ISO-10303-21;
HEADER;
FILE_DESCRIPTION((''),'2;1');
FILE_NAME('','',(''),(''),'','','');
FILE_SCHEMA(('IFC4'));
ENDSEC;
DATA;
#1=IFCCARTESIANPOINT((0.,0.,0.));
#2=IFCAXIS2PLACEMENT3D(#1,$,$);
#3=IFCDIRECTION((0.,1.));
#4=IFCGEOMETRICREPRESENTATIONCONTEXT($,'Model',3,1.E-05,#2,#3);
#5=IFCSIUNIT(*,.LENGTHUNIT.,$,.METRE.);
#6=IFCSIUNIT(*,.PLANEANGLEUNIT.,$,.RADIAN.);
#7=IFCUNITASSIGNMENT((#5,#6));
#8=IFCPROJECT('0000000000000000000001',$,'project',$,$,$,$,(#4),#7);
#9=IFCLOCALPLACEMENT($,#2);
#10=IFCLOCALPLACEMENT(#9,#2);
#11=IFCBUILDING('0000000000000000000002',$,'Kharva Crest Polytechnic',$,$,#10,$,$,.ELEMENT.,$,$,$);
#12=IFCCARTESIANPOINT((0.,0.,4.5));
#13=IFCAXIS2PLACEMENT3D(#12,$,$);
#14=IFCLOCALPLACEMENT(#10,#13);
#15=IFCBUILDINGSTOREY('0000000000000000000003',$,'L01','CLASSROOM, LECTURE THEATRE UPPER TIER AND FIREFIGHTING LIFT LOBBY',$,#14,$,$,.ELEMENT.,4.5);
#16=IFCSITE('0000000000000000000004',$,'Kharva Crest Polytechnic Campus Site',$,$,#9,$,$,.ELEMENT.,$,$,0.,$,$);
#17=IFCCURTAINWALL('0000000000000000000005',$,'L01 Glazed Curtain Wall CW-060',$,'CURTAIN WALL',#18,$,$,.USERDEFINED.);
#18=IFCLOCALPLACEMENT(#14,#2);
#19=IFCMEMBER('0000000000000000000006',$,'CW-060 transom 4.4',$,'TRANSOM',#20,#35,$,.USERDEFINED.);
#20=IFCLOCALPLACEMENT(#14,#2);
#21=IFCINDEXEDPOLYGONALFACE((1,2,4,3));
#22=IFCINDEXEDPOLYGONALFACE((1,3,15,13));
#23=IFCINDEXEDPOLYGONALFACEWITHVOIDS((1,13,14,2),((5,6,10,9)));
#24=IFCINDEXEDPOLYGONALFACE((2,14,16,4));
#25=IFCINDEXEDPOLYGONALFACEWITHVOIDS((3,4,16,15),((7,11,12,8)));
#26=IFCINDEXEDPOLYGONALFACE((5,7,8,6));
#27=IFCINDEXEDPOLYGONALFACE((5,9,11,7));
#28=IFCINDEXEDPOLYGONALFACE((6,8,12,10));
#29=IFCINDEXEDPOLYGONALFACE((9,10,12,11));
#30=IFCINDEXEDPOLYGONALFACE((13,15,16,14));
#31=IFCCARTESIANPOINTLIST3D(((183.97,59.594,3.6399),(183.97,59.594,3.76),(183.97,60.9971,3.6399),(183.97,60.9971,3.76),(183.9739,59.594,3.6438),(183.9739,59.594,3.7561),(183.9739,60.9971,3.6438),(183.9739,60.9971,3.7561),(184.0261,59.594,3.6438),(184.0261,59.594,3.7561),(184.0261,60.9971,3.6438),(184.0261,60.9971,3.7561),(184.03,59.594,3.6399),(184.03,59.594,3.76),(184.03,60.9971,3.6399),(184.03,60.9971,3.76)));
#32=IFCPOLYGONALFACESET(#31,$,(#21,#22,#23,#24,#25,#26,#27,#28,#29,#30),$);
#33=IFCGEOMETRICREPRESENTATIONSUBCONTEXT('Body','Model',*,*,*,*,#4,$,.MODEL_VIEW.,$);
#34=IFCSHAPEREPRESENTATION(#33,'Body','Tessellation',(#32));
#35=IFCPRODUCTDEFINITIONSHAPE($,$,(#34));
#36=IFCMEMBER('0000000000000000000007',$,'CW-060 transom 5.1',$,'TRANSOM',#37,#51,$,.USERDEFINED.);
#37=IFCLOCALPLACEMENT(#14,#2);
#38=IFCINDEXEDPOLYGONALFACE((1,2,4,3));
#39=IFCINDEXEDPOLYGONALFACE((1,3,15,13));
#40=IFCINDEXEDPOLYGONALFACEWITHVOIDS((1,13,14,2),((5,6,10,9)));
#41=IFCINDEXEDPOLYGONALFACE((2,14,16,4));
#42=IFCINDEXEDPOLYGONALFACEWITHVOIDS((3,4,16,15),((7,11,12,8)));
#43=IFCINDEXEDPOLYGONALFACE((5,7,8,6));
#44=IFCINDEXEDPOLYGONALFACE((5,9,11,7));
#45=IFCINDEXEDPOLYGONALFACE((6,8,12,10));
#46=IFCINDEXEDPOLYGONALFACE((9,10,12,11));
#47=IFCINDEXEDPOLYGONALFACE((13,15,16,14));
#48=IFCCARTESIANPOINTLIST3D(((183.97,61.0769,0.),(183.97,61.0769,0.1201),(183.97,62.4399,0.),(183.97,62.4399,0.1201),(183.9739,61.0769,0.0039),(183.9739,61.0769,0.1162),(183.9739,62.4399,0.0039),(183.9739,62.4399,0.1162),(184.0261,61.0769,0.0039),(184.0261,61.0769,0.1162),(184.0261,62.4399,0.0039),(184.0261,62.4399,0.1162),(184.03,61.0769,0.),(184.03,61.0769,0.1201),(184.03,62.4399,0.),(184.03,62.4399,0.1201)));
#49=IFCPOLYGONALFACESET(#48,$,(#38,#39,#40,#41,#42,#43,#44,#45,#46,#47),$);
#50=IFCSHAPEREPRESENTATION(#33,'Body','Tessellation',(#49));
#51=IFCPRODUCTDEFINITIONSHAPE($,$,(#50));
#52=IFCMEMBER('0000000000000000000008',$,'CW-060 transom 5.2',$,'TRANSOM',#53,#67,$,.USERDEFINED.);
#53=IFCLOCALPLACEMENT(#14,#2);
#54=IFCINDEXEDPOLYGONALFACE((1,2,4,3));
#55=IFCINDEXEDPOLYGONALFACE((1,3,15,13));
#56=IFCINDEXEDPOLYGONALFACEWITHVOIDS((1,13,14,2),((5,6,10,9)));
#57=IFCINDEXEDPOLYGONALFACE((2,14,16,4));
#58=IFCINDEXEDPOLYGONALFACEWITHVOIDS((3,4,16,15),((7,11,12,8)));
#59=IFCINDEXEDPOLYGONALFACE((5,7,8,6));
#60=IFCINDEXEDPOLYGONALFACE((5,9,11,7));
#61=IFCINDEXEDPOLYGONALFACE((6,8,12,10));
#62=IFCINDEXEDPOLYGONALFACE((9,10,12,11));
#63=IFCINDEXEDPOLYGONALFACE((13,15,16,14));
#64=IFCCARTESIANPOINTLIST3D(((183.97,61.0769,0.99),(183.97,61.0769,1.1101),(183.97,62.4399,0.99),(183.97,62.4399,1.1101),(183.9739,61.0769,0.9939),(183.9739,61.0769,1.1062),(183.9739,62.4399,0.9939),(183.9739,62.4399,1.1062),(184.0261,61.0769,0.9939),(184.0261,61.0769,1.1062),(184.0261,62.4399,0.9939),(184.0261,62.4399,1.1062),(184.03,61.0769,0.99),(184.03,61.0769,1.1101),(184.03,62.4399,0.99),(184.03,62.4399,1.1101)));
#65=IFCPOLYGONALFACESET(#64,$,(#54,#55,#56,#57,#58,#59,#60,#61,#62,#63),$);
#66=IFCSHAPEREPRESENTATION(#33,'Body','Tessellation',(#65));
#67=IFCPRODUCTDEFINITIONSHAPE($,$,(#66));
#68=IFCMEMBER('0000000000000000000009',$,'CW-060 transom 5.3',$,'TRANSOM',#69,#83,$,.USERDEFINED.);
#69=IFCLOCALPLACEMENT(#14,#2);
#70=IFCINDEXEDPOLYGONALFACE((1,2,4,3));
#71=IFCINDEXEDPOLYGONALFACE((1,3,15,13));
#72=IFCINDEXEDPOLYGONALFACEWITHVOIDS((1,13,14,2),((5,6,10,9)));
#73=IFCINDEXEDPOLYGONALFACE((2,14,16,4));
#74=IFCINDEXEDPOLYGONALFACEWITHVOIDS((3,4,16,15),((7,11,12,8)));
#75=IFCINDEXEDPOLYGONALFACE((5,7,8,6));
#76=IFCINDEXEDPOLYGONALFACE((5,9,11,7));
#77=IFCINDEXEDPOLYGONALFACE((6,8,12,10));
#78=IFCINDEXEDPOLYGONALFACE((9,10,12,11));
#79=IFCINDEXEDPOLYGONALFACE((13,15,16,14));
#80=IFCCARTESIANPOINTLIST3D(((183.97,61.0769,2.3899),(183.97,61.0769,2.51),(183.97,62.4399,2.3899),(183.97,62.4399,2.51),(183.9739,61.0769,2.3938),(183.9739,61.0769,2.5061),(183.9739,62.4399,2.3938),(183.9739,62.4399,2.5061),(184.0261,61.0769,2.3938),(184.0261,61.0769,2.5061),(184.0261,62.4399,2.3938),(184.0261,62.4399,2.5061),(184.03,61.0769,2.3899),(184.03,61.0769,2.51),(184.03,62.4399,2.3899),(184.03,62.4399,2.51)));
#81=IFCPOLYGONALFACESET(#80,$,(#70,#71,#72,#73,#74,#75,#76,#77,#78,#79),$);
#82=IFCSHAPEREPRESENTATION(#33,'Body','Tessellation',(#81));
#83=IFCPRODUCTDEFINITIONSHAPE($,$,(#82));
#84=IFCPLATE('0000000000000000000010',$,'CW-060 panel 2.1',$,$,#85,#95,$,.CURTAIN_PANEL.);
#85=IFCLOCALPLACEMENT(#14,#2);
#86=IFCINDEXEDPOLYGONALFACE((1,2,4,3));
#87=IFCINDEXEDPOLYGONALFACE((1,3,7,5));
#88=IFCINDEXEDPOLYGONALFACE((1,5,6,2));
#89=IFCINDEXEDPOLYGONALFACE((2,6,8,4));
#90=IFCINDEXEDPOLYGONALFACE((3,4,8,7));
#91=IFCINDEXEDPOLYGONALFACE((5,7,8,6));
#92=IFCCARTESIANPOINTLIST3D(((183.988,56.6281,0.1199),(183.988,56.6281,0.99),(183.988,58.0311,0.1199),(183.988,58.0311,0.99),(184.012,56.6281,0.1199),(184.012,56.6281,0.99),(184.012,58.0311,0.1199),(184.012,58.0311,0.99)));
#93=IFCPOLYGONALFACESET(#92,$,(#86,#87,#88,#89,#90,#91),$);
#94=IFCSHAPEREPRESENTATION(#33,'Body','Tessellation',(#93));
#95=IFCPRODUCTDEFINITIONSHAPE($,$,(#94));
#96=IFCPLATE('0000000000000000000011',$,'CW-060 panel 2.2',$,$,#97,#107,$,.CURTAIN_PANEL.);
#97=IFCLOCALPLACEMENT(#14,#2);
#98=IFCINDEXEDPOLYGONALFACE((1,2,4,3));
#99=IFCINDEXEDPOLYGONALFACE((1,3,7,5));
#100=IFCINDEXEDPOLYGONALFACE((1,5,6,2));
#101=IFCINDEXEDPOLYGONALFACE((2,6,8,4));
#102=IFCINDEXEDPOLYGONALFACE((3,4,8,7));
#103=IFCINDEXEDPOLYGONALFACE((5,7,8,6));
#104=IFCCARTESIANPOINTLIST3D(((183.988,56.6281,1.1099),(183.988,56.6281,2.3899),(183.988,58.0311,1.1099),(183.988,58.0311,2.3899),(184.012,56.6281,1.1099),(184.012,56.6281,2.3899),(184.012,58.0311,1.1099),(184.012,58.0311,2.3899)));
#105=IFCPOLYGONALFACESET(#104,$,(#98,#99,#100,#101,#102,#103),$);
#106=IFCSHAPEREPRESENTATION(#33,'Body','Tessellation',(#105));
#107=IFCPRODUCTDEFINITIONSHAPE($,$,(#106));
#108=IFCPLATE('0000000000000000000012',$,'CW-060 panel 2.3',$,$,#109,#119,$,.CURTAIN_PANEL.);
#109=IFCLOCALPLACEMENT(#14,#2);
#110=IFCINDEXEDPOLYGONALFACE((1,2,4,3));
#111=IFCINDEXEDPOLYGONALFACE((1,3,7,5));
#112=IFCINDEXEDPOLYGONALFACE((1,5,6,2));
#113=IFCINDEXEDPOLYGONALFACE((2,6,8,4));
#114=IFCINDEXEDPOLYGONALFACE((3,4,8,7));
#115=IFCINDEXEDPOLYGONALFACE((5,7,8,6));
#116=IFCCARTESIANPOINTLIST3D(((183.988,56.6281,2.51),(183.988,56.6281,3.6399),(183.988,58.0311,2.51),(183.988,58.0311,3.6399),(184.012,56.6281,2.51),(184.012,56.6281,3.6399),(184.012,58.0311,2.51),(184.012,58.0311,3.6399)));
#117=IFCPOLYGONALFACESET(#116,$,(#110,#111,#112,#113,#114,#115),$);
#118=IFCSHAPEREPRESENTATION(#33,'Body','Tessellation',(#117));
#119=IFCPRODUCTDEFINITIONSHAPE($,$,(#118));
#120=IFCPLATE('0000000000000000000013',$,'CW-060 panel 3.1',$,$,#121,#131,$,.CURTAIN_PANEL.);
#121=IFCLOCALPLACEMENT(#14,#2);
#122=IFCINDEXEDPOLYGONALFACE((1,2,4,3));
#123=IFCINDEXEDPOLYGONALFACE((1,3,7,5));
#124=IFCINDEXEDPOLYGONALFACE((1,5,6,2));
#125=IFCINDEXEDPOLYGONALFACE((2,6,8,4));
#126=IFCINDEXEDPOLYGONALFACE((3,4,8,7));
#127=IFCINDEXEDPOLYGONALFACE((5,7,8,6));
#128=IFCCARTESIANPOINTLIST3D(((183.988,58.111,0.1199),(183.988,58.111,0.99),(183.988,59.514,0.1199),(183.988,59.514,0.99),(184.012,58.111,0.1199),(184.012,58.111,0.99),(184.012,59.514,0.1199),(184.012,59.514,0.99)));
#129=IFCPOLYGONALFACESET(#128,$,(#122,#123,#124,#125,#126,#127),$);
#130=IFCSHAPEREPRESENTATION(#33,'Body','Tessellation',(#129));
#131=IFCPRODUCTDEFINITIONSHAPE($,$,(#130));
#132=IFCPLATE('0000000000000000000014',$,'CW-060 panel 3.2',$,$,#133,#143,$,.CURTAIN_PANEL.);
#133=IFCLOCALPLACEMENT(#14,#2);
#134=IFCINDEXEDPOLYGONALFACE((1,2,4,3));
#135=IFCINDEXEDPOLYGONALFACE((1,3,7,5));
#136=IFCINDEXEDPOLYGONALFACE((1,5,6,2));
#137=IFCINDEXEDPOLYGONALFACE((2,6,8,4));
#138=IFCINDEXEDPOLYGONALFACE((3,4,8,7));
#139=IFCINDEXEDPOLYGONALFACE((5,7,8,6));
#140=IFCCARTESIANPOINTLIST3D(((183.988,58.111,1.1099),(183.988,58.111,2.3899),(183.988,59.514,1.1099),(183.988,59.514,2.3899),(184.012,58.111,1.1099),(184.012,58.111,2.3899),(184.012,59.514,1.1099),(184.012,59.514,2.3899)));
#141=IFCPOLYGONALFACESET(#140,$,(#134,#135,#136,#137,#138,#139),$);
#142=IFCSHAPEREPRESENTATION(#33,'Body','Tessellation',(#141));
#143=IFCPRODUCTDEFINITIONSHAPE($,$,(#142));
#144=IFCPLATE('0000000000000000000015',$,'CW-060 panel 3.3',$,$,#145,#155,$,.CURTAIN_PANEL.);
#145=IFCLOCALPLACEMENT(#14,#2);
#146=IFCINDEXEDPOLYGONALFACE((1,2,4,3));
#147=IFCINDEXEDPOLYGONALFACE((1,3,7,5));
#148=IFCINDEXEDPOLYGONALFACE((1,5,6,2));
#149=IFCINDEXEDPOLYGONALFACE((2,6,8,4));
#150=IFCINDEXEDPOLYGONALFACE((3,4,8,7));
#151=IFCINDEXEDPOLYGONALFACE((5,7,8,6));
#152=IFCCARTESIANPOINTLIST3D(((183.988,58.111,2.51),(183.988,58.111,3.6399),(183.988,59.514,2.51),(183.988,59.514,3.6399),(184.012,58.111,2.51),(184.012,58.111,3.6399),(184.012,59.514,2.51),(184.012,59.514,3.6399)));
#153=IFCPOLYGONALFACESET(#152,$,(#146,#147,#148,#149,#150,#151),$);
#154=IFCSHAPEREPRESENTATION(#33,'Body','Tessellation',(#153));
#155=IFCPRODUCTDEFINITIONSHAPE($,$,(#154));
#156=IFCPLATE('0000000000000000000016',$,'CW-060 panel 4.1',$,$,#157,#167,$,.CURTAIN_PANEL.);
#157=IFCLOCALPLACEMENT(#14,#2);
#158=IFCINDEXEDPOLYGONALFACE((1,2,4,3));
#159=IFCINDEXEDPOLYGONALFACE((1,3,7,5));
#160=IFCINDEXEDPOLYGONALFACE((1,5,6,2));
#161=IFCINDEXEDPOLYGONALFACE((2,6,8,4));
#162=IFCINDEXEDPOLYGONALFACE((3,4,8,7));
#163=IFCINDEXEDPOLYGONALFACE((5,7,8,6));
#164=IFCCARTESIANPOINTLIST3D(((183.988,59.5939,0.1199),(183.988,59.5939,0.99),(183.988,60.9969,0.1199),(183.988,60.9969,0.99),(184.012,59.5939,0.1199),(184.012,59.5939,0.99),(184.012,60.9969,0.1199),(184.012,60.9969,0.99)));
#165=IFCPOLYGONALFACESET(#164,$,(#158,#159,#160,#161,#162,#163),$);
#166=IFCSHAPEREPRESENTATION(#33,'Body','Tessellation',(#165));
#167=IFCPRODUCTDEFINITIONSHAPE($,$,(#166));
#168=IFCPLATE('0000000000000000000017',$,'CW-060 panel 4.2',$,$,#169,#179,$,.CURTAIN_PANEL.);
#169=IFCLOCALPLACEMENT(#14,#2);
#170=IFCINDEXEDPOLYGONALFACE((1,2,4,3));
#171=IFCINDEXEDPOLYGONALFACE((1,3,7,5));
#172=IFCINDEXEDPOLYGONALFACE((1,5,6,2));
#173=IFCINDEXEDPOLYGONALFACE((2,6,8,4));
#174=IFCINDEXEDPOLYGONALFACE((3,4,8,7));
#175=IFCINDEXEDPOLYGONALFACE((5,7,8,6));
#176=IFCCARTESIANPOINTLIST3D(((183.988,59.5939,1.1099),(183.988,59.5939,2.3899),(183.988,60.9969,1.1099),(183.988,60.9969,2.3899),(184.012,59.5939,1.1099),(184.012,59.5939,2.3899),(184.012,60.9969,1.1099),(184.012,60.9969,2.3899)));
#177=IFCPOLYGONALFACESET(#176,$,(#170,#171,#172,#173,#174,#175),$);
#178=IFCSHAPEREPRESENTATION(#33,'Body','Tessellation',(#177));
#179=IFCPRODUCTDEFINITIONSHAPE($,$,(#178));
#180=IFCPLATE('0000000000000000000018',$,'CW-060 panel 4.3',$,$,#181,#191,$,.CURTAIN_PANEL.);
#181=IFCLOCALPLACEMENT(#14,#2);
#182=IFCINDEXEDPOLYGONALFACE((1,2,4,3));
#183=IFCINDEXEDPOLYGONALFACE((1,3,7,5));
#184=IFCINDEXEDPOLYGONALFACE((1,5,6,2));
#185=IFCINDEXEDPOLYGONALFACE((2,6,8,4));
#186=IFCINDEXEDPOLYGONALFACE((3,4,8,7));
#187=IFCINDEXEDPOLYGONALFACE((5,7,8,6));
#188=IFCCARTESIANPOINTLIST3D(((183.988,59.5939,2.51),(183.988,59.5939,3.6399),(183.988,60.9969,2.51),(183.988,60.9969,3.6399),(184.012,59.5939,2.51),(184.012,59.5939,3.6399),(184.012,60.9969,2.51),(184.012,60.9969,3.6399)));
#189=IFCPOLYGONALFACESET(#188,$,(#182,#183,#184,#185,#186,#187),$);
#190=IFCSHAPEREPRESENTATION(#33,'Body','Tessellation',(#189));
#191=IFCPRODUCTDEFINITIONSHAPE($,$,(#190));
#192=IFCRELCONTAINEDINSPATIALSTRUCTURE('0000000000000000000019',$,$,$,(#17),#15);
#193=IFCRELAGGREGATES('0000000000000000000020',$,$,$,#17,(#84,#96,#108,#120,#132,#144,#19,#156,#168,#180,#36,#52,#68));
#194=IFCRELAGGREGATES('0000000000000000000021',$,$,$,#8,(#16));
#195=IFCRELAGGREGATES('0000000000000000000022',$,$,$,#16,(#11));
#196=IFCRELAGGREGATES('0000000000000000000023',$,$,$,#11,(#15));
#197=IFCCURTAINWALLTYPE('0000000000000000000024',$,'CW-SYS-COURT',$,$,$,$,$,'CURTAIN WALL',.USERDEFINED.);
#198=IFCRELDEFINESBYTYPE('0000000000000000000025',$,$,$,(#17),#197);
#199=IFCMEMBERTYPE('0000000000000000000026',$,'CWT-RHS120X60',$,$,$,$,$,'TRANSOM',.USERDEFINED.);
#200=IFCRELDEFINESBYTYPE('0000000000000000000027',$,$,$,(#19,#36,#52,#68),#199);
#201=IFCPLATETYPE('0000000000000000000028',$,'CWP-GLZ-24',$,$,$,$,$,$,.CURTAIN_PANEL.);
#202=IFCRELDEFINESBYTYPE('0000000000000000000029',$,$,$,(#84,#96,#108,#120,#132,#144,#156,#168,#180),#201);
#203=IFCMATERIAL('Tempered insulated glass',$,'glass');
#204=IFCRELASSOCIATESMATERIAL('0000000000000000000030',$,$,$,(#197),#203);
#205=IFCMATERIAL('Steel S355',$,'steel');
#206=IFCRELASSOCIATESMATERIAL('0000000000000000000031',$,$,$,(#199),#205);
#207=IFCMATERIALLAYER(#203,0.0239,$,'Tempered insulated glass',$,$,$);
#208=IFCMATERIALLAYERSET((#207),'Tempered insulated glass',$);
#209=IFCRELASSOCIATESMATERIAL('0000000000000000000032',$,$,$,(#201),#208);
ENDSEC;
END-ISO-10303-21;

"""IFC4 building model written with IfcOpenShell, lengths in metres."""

from ifc_helpers import new_model, si_unit, direction, frame, origin, origin_2d, place, context, subcontext, project, spatial, rectangle, hollow_rectangle, extrude, material, layer, layer_set, material_profile, profile_set, type_object, element, aggregate, save


model = new_model("IFC4")

# Units and contexts
model_context = context("Model", 3, precision=1e-05, world=origin(), true_north=direction((0.0, 1.0)))
body_context = subcontext(model_context, "Body", "Model", "MODEL_VIEW")
ifc_project = project(units=[si_unit("LENGTHUNIT", "METRE"), si_unit("PLANEANGLEUNIT", "RADIAN")], contexts=[model_context])

# Site, building, storey
site_placement = place(None, origin())
site = spatial("IfcSite", under=ifc_project, at=site_placement, Name="Kharva Crest Polytechnic Campus Site", CompositionType="ELEMENT", RefElevation=0.0)
building_placement = place(site_placement, origin())
building = spatial("IfcBuilding", under=site, at=building_placement, Name="Kharva Crest Polytechnic", CompositionType="ELEMENT")
storey_placement = place(building_placement, frame((0.0, 0.0, 4.5)))
storey = spatial("IfcBuildingStorey", under=building, at=storey_placement, Name="L01", Description="CLASSROOM, LECTURE THEATRE UPPER TIER AND FIREFIGHTING LIFT LOBBY", CompositionType="ELEMENT", Elevation=4.5)

# Curtain wall, members, plates
ifc_material_1 = material(Name="Tempered insulated glass", Category="glass")
curtain_wall_type = type_object("IfcCurtainWallType", Name="CW-SYS-COURT", ElementType="CURTAIN WALL", PredefinedType="USERDEFINED", material=ifc_material_1)
curtain_wall_placement = place(storey_placement, origin())
curtain_wall = element("IfcCurtainWall", 1, at=curtain_wall_placement, inside=storey, type_object=curtain_wall_type, Name="L01 Glazed Curtain Wall CW-060", ObjectType="CURTAIN WALL", PredefinedType="USERDEFINED")
ifc_material_2 = material(Name="Steel S355", Category="steel")
ifc_material_profile_1 = material_profile(ifc_material_2, hollow_rectangle(XDim=0.0601, YDim=0.1201, WallThickness=0.0039, at=origin_2d()), Name="RHS 120X60X4.0")
ifc_profile_set_1 = profile_set([ifc_material_profile_1], Name="Steel S355")
member_type_1 = type_object("IfcMemberType", Name="CWT-RHS120X60", ElementType="TRANSOM", PredefinedType="USERDEFINED", material=ifc_profile_set_1)
member_1_placement = place(storey_placement, frame((184.0, 59.594, 3.7), z_axis=(0.0, 1.0, 0.0), x_axis=(-1.0, 0.0, 0.0)))
member_1 = element("IfcMember", 2, at=member_1_placement, type_object=member_type_1, Name="CW-060 transom 4.4", ObjectType="TRANSOM", PredefinedType="USERDEFINED", context=body_context, shape_type="SweptSolid", body=[
    extrude(hollow_rectangle(XDim=0.0601, YDim=0.1201, WallThickness=0.0039, at=origin_2d()), origin(), (0.0, 0.0, 1.0), 1.4031),
])
member_2_placement = place(storey_placement, frame((184.0, 61.0769, 0.0601), z_axis=(0.0, 1.0, 0.0), x_axis=(-1.0, 0.0, 0.0)))
member_2 = element("IfcMember", 3, at=member_2_placement, type_object=member_type_1, Name="CW-060 transom 5.1", ObjectType="TRANSOM", PredefinedType="USERDEFINED", context=body_context, shape_type="SweptSolid", body=[
    extrude(hollow_rectangle(XDim=0.0601, YDim=0.1201, WallThickness=0.0039, at=origin_2d()), origin(), (0.0, 0.0, 1.0), 1.363),
])
member_3_placement = place(storey_placement, frame((184.0, 61.0769, 1.05), z_axis=(0.0, 1.0, 0.0), x_axis=(-1.0, 0.0, 0.0)))
member_3 = element("IfcMember", 4, at=member_3_placement, type_object=member_type_1, Name="CW-060 transom 5.2", ObjectType="TRANSOM", PredefinedType="USERDEFINED", context=body_context, shape_type="SweptSolid", body=[
    extrude(hollow_rectangle(XDim=0.0601, YDim=0.1201, WallThickness=0.0039, at=origin_2d()), origin(), (0.0, 0.0, 1.0), 1.363),
])
member_4_placement = place(storey_placement, frame((184.0, 61.0769, 2.45), z_axis=(0.0, 1.0, 0.0), x_axis=(-1.0, 0.0, 0.0)))
member_4 = element("IfcMember", 5, at=member_4_placement, type_object=member_type_1, Name="CW-060 transom 5.3", ObjectType="TRANSOM", PredefinedType="USERDEFINED", context=body_context, shape_type="SweptSolid", body=[
    extrude(hollow_rectangle(XDim=0.0601, YDim=0.1201, WallThickness=0.0039, at=origin_2d()), origin(), (0.0, 0.0, 1.0), 1.363),
])
ifc_layer = layer(ifc_material_1, 0.0239, Name="Tempered insulated glass")
ifc_layer_set = layer_set([ifc_layer], Name="Tempered insulated glass")
plate_type = type_object("IfcPlateType", Name="CWP-GLZ-24", PredefinedType="CURTAIN_PANEL", material=ifc_layer_set)
plate_1_placement = place(storey_placement, frame((184.0, 57.3296, 0.1199), z_axis=(0.0, 0.0, 1.0), x_axis=(0.0, 1.0, 0.0)))
plate_1 = element("IfcPlate", 6, at=plate_1_placement, type_object=plate_type, Name="CW-060 panel 2.1", PredefinedType="CURTAIN_PANEL", context=body_context, shape_type="SweptSolid", body=[
    extrude(rectangle(XDim=1.4031, YDim=0.0239, at=origin_2d()), origin(), (0.0, 0.0, 1.0), 0.8701),
])
plate_2_placement = place(storey_placement, frame((184.0, 57.3296, 1.1099), z_axis=(0.0, 0.0, 1.0), x_axis=(0.0, 1.0, 0.0)))
plate_2 = element("IfcPlate", 7, at=plate_2_placement, type_object=plate_type, Name="CW-060 panel 2.2", PredefinedType="CURTAIN_PANEL", context=body_context, shape_type="SweptSolid", body=[
    extrude(rectangle(XDim=1.4031, YDim=0.0239, at=origin_2d()), origin(), (0.0, 0.0, 1.0), 1.28),
])
plate_3_placement = place(storey_placement, frame((184.0, 57.3296, 2.51), z_axis=(0.0, 0.0, 1.0), x_axis=(0.0, 1.0, 0.0)))
plate_3 = element("IfcPlate", 8, at=plate_3_placement, type_object=plate_type, Name="CW-060 panel 2.3", PredefinedType="CURTAIN_PANEL", context=body_context, shape_type="SweptSolid", body=[
    extrude(rectangle(XDim=1.4031, YDim=0.0239, at=origin_2d()), origin(), (0.0, 0.0, 1.0), 1.1299),
])
plate_4_placement = place(storey_placement, frame((184.0, 58.8125, 0.1199), z_axis=(0.0, 0.0, 1.0), x_axis=(0.0, 1.0, 0.0)))
plate_4 = element("IfcPlate", 9, at=plate_4_placement, type_object=plate_type, Name="CW-060 panel 3.1", PredefinedType="CURTAIN_PANEL", context=body_context, shape_type="SweptSolid", body=[
    extrude(rectangle(XDim=1.4031, YDim=0.0239, at=origin_2d()), origin(), (0.0, 0.0, 1.0), 0.8701),
])
plate_5_placement = place(storey_placement, frame((184.0, 58.8125, 1.1099), z_axis=(0.0, 0.0, 1.0), x_axis=(0.0, 1.0, 0.0)))
plate_5 = element("IfcPlate", 10, at=plate_5_placement, type_object=plate_type, Name="CW-060 panel 3.2", PredefinedType="CURTAIN_PANEL", context=body_context, shape_type="SweptSolid", body=[
    extrude(rectangle(XDim=1.4031, YDim=0.0239, at=origin_2d()), origin(), (0.0, 0.0, 1.0), 1.28),
])
plate_6_placement = place(storey_placement, frame((184.0, 58.8125, 2.51), z_axis=(0.0, 0.0, 1.0), x_axis=(0.0, 1.0, 0.0)))
plate_6 = element("IfcPlate", 11, at=plate_6_placement, type_object=plate_type, Name="CW-060 panel 3.3", PredefinedType="CURTAIN_PANEL", context=body_context, shape_type="SweptSolid", body=[
    extrude(rectangle(XDim=1.4031, YDim=0.0239, at=origin_2d()), origin(), (0.0, 0.0, 1.0), 1.1299),
])
plate_7_placement = place(storey_placement, frame((184.0, 60.2954, 0.1199), z_axis=(0.0, 0.0, 1.0), x_axis=(0.0, 1.0, 0.0)))
plate_7 = element("IfcPlate", 12, at=plate_7_placement, type_object=plate_type, Name="CW-060 panel 4.1", PredefinedType="CURTAIN_PANEL", context=body_context, shape_type="SweptSolid", body=[
    extrude(rectangle(XDim=1.4031, YDim=0.0239, at=origin_2d()), origin(), (0.0, 0.0, 1.0), 0.8701),
])
plate_8_placement = place(storey_placement, frame((184.0, 60.2954, 1.1099), z_axis=(0.0, 0.0, 1.0), x_axis=(0.0, 1.0, 0.0)))
plate_8 = element("IfcPlate", 13, at=plate_8_placement, type_object=plate_type, Name="CW-060 panel 4.2", PredefinedType="CURTAIN_PANEL", context=body_context, shape_type="SweptSolid", body=[
    extrude(rectangle(XDim=1.4031, YDim=0.0239, at=origin_2d()), origin(), (0.0, 0.0, 1.0), 1.28),
])
plate_9_placement = place(storey_placement, frame((184.0, 60.2954, 2.51), z_axis=(0.0, 0.0, 1.0), x_axis=(0.0, 1.0, 0.0)))
plate_9 = element("IfcPlate", 14, at=plate_9_placement, type_object=plate_type, Name="CW-060 panel 4.3", PredefinedType="CURTAIN_PANEL", context=body_context, shape_type="SweptSolid", body=[
    extrude(rectangle(XDim=1.4031, YDim=0.0239, at=origin_2d()), origin(), (0.0, 0.0, 1.0), 1.1299),
])
aggregate(curtain_wall, [plate_1, plate_2, plate_3, plate_4, plate_5, plate_6, member_1, plate_7, plate_8, plate_9, member_2, member_3, member_4])

save(model, "model.ifc")
